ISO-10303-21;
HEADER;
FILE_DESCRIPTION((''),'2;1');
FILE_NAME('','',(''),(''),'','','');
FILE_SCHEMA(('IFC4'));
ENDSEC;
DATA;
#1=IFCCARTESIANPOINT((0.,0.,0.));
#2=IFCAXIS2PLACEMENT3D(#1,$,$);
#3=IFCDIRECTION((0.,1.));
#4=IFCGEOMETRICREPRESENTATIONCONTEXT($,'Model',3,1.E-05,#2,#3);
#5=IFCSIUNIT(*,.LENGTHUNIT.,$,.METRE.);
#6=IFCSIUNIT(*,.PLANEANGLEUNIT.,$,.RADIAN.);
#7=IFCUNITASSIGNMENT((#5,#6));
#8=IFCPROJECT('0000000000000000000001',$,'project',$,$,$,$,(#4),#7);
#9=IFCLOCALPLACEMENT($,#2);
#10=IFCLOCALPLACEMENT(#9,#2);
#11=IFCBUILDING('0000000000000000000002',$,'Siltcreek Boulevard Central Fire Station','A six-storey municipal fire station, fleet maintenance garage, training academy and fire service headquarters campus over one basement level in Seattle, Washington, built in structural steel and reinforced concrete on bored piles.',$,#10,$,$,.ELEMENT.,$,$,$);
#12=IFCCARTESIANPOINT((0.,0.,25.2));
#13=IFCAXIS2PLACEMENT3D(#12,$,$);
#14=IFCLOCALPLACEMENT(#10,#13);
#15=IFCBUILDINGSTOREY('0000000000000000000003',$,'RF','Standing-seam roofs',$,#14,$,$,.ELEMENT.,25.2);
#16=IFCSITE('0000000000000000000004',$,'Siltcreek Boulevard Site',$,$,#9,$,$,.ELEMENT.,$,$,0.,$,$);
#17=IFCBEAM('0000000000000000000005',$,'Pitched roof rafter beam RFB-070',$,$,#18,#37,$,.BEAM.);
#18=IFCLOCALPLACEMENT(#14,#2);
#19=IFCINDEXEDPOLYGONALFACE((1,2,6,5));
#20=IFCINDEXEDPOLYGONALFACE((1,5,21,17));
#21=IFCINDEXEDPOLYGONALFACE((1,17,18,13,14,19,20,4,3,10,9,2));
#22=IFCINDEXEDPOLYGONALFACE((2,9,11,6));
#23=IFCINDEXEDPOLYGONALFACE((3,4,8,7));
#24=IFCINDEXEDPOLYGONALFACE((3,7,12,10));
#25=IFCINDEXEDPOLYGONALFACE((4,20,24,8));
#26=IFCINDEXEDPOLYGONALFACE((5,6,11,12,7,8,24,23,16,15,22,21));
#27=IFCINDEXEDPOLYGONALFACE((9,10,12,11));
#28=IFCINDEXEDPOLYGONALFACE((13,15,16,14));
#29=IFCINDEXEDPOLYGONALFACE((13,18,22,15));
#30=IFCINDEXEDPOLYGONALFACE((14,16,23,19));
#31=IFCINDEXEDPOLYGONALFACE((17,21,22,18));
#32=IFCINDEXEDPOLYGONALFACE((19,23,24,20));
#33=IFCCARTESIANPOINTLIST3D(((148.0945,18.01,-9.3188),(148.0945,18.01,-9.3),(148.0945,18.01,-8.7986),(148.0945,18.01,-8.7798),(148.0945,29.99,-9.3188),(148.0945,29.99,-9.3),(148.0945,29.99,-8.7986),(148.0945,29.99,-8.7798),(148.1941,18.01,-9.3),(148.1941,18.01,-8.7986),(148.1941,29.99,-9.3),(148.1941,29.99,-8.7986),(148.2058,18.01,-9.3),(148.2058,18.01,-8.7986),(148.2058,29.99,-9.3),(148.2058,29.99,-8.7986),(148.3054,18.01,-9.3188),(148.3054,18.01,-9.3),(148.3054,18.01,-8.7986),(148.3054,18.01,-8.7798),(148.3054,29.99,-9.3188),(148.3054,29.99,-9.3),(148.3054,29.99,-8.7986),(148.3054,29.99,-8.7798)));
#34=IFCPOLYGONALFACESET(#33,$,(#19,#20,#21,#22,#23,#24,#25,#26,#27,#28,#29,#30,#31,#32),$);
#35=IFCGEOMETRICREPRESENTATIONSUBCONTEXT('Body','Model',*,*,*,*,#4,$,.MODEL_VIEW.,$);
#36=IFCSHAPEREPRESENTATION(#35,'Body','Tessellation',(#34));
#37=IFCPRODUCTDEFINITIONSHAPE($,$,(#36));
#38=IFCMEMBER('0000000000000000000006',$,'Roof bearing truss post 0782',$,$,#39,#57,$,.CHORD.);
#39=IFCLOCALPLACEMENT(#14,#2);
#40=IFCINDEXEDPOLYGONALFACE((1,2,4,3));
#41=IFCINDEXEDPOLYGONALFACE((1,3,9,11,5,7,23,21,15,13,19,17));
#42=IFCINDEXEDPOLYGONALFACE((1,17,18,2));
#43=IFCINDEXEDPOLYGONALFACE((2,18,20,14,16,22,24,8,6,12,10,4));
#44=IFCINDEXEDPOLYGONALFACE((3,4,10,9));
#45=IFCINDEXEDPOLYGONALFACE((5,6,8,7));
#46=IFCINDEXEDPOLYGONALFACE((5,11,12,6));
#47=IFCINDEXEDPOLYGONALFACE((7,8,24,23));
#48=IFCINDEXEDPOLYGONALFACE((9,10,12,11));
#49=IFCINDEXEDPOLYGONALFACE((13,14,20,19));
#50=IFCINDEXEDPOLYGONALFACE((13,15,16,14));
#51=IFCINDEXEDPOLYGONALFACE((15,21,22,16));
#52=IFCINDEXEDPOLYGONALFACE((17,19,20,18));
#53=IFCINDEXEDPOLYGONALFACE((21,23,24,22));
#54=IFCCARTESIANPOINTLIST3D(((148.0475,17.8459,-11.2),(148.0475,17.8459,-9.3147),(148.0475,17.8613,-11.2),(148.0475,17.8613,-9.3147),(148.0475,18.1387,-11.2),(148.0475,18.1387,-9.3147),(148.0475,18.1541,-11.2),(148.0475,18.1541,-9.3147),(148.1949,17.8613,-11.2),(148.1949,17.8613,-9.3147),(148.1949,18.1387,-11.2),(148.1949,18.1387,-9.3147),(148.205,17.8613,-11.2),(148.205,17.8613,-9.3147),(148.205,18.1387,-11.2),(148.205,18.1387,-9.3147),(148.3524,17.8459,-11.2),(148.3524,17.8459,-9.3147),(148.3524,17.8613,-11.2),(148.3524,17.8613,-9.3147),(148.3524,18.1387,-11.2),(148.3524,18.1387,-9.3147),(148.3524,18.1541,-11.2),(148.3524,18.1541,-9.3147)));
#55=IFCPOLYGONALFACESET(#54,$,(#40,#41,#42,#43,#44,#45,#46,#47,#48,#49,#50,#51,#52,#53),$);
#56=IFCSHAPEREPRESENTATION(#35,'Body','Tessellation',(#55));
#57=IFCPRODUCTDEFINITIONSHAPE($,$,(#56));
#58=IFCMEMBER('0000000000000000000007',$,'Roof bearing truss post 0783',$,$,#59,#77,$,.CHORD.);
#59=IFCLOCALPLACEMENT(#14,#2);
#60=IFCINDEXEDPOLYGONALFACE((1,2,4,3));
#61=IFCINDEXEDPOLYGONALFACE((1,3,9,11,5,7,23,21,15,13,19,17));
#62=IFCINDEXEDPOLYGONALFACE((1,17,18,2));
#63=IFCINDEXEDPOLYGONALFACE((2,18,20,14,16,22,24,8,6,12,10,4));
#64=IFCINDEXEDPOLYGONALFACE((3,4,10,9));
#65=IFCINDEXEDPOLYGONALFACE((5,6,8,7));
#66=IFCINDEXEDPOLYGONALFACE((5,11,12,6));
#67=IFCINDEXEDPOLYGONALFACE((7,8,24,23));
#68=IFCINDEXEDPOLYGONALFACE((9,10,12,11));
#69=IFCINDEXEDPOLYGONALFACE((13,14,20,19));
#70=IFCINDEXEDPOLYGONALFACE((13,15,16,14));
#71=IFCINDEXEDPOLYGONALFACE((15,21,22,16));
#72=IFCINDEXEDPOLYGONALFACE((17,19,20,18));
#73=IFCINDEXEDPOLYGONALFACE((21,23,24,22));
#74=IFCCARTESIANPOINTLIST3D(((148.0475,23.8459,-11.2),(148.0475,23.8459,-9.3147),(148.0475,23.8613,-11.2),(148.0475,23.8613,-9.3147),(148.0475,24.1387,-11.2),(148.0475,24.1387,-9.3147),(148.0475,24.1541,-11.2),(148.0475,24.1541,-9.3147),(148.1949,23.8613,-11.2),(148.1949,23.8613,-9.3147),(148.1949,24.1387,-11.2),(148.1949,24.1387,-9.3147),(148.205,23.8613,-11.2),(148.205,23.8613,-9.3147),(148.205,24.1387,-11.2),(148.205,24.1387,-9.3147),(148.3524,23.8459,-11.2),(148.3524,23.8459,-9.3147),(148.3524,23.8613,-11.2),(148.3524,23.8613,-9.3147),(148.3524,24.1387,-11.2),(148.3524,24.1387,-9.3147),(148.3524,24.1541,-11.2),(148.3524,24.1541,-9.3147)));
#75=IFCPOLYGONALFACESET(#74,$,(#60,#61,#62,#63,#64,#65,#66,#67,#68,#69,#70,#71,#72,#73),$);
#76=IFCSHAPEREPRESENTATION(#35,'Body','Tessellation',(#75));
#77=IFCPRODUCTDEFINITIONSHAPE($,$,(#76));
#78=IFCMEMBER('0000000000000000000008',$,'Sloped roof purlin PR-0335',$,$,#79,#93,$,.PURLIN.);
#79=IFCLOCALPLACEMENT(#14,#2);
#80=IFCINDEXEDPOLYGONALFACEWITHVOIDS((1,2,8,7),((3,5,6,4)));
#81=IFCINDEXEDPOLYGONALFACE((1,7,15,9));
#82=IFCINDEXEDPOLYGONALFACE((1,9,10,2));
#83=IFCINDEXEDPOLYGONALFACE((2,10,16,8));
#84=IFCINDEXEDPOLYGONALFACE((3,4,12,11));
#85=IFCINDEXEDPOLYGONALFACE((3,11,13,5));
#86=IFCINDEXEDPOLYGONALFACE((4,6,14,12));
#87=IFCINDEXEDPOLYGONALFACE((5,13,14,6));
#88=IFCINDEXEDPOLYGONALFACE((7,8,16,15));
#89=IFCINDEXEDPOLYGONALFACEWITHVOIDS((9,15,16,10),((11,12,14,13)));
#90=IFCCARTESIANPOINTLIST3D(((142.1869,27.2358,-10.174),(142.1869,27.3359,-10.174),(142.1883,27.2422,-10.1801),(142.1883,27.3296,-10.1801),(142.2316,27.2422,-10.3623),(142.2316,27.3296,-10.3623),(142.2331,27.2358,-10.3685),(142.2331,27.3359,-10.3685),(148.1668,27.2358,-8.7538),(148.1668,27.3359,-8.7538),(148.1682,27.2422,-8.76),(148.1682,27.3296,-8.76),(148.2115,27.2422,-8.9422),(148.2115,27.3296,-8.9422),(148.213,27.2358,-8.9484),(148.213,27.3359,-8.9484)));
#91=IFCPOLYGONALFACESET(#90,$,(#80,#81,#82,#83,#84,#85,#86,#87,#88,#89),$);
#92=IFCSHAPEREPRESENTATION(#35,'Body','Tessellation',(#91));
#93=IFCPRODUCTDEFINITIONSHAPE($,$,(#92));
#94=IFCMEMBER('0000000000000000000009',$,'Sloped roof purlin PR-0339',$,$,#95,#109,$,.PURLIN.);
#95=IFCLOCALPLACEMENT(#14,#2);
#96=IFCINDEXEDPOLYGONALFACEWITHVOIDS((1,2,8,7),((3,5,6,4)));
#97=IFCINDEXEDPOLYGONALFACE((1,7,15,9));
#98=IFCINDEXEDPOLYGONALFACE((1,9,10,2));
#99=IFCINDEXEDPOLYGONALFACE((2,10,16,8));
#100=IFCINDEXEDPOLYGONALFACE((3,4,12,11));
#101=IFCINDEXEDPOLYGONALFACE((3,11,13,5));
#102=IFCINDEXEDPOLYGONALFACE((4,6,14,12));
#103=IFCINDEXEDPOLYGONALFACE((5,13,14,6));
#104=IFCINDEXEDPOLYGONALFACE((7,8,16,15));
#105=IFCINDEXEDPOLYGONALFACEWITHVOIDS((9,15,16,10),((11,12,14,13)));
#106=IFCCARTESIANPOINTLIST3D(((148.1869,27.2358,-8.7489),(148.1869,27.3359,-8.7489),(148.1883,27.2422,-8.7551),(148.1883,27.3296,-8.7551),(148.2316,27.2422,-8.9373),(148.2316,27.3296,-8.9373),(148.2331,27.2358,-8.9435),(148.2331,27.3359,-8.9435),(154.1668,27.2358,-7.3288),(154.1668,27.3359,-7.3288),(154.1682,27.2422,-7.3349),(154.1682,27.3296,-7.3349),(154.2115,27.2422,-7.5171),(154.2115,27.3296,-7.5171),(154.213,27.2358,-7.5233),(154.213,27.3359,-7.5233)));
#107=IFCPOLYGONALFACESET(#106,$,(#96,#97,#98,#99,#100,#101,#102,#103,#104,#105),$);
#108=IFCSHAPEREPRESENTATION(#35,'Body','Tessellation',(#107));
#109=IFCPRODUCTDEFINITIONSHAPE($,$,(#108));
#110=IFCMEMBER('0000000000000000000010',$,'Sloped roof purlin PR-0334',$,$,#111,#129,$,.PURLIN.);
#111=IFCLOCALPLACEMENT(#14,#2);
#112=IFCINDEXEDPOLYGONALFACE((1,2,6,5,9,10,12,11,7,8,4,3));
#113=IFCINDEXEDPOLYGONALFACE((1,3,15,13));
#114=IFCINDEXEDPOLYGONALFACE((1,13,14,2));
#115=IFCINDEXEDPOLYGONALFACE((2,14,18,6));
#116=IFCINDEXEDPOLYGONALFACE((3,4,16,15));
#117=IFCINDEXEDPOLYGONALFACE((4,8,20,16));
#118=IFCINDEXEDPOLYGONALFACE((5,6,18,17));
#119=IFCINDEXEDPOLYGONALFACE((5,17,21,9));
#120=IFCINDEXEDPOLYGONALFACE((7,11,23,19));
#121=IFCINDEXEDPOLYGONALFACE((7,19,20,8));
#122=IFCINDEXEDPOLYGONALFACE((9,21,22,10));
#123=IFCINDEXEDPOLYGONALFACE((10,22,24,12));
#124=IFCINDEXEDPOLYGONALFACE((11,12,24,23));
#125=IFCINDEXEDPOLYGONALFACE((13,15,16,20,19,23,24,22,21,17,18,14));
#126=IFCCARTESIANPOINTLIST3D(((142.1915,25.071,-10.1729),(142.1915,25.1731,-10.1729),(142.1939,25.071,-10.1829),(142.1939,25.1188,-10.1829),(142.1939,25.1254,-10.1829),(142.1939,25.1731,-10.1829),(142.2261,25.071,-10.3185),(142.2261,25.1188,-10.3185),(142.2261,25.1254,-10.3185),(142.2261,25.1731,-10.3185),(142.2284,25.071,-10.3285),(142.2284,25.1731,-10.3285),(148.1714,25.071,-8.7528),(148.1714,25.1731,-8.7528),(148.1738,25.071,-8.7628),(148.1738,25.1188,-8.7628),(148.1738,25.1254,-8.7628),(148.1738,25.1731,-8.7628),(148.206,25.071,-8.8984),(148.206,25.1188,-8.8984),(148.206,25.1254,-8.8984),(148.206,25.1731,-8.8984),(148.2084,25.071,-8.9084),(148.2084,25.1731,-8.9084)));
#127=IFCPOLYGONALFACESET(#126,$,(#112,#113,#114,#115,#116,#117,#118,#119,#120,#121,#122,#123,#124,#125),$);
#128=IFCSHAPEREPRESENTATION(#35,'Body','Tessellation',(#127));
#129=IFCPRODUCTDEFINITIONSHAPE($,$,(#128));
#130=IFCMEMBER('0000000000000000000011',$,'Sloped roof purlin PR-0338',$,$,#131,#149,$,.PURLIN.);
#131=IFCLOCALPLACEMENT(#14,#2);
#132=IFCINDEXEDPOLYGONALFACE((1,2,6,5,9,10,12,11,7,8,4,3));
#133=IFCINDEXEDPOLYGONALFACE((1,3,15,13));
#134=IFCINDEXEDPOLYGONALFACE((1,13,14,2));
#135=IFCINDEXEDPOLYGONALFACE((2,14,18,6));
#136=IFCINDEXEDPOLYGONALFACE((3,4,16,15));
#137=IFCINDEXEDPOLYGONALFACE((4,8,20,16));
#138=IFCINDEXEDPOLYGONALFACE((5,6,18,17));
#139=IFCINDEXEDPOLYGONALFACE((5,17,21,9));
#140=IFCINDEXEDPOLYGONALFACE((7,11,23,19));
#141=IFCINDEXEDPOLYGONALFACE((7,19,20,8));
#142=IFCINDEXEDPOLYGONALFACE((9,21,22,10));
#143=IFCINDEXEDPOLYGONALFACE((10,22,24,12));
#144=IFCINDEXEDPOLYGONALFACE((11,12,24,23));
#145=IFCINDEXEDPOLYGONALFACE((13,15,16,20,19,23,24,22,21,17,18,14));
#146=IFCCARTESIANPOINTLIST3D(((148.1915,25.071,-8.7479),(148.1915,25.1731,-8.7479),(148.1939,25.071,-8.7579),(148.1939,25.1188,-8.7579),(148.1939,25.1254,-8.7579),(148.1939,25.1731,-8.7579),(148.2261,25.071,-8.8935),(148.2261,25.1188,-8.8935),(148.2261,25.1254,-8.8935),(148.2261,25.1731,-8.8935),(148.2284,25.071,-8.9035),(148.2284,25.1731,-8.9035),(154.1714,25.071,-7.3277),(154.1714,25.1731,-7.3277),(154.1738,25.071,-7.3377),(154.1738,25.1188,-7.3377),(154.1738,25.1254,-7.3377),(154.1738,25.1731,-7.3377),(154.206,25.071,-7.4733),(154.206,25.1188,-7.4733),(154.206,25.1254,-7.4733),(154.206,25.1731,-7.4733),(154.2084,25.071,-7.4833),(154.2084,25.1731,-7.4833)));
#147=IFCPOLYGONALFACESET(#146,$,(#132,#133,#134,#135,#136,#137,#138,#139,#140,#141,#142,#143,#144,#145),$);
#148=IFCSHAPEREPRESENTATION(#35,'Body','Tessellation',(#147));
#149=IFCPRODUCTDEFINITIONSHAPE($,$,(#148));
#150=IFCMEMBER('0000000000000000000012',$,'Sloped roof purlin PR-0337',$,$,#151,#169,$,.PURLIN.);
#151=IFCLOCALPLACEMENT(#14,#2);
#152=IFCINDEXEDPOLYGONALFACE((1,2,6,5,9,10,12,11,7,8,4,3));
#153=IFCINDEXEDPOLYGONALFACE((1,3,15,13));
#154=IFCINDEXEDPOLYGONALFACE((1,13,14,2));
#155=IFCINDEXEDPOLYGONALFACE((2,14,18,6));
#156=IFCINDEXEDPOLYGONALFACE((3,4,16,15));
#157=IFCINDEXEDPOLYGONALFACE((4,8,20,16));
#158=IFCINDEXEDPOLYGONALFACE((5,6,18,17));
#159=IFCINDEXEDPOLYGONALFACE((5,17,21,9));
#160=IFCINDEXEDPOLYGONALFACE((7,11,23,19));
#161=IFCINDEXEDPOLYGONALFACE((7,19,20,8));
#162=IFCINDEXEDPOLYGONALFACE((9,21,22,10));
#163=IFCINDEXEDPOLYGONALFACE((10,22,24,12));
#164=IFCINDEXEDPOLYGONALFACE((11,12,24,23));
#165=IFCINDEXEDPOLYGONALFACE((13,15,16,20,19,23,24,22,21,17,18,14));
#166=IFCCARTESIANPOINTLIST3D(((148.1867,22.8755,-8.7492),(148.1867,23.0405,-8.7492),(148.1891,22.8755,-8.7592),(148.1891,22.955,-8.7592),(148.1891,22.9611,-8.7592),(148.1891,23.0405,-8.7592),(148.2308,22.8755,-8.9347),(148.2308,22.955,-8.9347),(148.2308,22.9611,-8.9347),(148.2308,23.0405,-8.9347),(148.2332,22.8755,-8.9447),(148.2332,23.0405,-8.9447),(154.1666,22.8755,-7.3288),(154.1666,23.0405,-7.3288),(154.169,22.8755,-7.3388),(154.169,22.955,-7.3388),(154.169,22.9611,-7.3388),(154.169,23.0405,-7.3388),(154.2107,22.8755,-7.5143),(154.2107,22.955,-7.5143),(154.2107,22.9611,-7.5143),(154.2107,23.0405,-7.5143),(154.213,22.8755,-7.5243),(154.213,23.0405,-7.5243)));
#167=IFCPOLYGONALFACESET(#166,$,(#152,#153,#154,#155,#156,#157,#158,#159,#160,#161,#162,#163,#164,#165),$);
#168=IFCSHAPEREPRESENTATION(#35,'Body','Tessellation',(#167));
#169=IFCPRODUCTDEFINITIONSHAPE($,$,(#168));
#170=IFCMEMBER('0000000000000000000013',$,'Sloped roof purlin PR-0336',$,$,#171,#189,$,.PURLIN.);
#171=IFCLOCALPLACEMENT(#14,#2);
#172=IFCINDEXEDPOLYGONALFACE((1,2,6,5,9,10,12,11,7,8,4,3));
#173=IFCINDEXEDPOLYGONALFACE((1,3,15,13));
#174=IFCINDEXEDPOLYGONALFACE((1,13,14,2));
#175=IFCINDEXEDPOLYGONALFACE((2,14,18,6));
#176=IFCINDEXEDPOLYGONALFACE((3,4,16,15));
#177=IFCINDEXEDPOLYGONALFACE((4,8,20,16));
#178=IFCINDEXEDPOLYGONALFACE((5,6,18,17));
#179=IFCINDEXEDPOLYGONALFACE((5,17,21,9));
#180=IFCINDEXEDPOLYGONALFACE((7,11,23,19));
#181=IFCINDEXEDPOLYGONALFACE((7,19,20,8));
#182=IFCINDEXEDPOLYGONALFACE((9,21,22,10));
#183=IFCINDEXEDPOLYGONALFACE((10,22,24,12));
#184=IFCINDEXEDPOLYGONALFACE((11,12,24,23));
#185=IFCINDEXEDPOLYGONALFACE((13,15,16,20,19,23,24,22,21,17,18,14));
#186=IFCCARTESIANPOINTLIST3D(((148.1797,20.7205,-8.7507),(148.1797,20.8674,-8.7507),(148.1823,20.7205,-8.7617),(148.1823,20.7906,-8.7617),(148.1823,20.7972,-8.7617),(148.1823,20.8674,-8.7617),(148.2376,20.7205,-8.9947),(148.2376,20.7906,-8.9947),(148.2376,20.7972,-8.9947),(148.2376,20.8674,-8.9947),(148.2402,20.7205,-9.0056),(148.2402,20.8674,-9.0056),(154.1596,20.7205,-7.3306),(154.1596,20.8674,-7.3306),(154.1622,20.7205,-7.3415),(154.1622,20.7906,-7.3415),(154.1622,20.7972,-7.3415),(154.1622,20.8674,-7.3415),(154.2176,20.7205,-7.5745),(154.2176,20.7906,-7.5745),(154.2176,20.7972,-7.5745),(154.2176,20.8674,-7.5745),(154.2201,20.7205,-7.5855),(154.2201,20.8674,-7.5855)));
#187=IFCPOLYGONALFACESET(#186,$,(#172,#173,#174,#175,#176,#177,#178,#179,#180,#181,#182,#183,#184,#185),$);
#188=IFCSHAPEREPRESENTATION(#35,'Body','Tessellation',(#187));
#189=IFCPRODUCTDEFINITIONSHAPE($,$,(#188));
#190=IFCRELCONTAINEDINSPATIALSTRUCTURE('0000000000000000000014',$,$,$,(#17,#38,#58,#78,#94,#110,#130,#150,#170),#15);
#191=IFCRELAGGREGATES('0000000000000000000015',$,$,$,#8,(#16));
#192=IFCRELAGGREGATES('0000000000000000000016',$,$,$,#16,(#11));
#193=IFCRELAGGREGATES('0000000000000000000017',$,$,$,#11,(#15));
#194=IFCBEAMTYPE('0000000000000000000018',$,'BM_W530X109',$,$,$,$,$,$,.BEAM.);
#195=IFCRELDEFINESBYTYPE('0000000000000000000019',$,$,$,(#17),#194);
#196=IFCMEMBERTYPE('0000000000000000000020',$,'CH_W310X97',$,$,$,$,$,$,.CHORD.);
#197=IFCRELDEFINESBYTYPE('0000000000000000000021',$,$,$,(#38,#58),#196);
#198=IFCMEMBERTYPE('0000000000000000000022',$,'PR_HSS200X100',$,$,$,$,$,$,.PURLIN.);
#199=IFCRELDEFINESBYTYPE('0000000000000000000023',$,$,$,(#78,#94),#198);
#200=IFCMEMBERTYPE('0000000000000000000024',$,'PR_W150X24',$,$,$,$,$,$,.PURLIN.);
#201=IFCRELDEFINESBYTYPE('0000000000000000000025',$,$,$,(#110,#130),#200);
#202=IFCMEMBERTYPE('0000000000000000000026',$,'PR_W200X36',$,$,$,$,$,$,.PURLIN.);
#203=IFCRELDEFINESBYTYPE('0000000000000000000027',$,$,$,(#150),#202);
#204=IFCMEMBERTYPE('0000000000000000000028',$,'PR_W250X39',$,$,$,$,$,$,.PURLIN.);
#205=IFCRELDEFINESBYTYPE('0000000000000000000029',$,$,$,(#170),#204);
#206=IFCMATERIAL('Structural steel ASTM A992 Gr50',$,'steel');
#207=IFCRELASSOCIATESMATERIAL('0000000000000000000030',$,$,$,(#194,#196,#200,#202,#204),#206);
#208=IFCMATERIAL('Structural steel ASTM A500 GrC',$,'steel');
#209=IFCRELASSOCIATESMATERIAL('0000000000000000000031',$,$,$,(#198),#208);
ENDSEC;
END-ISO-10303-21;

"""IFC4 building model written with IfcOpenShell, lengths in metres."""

from ifc_helpers import new_model, si_unit, direction, frame, origin, origin_2d, place, context, subcontext, project, spatial, hollow_rectangle, i_section, extrude, material, material_profile, profile_set, type_object, element, save


model = new_model("IFC4")

# Units and contexts
model_context = context("Model", 3, precision=1e-05, world=origin(), true_north=direction((0.0, 1.0)))
body_context = subcontext(model_context, "Body", "Model", "MODEL_VIEW")
ifc_project = project(units=[si_unit("LENGTHUNIT", "METRE"), si_unit("PLANEANGLEUNIT", "RADIAN")], contexts=[model_context])

# Site, building, storey
site_placement = place(None, origin())
site = spatial("IfcSite", under=ifc_project, at=site_placement, Name="Siltcreek Boulevard Site", CompositionType="ELEMENT", RefElevation=0.0)
building_placement = place(site_placement, origin())
building = spatial("IfcBuilding", under=site, at=building_placement, Name="Siltcreek Boulevard Central Fire Station", Description="A six-storey municipal fire station, fleet maintenance garage, training academy and fire service headquarters campus over one basement level in Seattle, Washington, built in structural steel and reinforced concrete on bored piles.", CompositionType="ELEMENT")
storey_placement = place(building_placement, frame((0.0, 0.0, 25.2)))
storey = spatial("IfcBuildingStorey", under=building, at=storey_placement, Name="RF", Description="Standing-seam roofs", CompositionType="ELEMENT", Elevation=25.2)

# Beam
ifc_material_1 = material(Name="Structural steel ASTM A992 Gr50", Category="steel")
ifc_material_profile_1 = material_profile(ifc_material_1, i_section(OverallWidth=0.2109, OverallDepth=0.5391, WebThickness=0.0117, FlangeThickness=0.0188, at=origin_2d()), Name="W530X109")
ifc_profile_set_1 = profile_set([ifc_material_profile_1], Name="Structural steel ASTM A992 Gr50")
beam_type = type_object("IfcBeamType", Name="BM_W530X109", PredefinedType="BEAM", material=ifc_profile_set_1)
beam_placement = place(storey_placement, frame((148.2, 18.01, -9.0493), z_axis=(0.0, 1.0, 0.0), x_axis=(-1.0, 0.0, 0.0)))
element("IfcBeam", 1, at=beam_placement, inside=storey, type_object=beam_type, Name="Pitched roof rafter beam RFB-070", PredefinedType="BEAM", context=body_context, shape_type="SweptSolid", body=[
    extrude(i_section(OverallWidth=0.2109, OverallDepth=0.5391, WebThickness=0.0117, FlangeThickness=0.0188, at=origin_2d()), origin(), (0.0, 0.0, 1.0), 11.98),
])

# Members
ifc_material_profile_2 = material_profile(ifc_material_1, i_section(OverallWidth=0.3049, OverallDepth=0.3081, WebThickness=0.01, FlangeThickness=0.0154, at=origin_2d()), Name="W310X97")
ifc_profile_set_2 = profile_set([ifc_material_profile_2], Name="Structural steel ASTM A992 Gr50")
member_type_1 = type_object("IfcMemberType", Name="CH_W310X97", PredefinedType="CHORD", material=ifc_profile_set_2)
for number, where, z_axis, x_axis, name in (
    (2, (148.2, 18.0, -11.2), (0.0, 0.0, 1.0), (1.0, 0.0, 0.0), "Roof bearing truss post 0782"),
    (3, (148.2, 24.0, -11.2), (0.0, 0.0, 1.0), (1.0, 0.0, 0.0), "Roof bearing truss post 0783"),
):
    element("IfcMember", number, at=place(storey_placement, frame(where, z_axis=z_axis, x_axis=x_axis)), inside=storey, type_object=member_type_1, Name=name, PredefinedType="CHORD", context=body_context, shape_type="SweptSolid", body=[
        extrude(i_section(OverallWidth=0.3049, OverallDepth=0.3081, WebThickness=0.01, FlangeThickness=0.0154, at=origin_2d()), origin(), (0.0, 0.0, 1.0), 1.8853),
    ])
ifc_material_2 = material(Name="Structural steel ASTM A500 GrC", Category="steel")
ifc_material_profile_3 = material_profile(ifc_material_2, hollow_rectangle(XDim=0.1001, YDim=0.2, WallThickness=0.0063, at=origin_2d()), Name="HSS200X100X6.4")
ifc_profile_set_3 = profile_set([ifc_material_profile_3], Name="Structural steel ASTM A500 GrC")
member_type_2 = type_object("IfcMemberType", Name="PR_HSS200X100", PredefinedType="PURLIN", material=ifc_profile_set_3)
for number, where, z_axis, x_axis, name in (
    (4, (142.21, 27.2859, -10.2712), (0.972939, 0.0, 0.23106), (0.0, 1.0, 0.0), "Sloped roof purlin PR-0335"),
    (5, (148.21, 27.2859, -8.8462), (0.972939, 0.0, 0.23106), (0.0, 1.0, 0.0), "Sloped roof purlin PR-0339"),
):
    element("IfcMember", number, at=place(storey_placement, frame(where, z_axis=z_axis, x_axis=x_axis)), inside=storey, type_object=member_type_2, Name=name, PredefinedType="PURLIN", context=body_context, shape_type="SweptSolid", body=[
        extrude(hollow_rectangle(XDim=0.1001, YDim=0.2, WallThickness=0.0063, at=origin_2d()), origin(), (0.0, 0.0, 1.0), 6.1462),
    ])
ifc_material_profile_4 = material_profile(ifc_material_1, i_section(OverallWidth=0.1021, OverallDepth=0.1599, WebThickness=0.0066, FlangeThickness=0.0103, at=origin_2d()), Name="W150X24")
ifc_profile_set_4 = profile_set([ifc_material_profile_4], Name="Structural steel ASTM A992 Gr50")
member_type_3 = type_object("IfcMemberType", Name="PR_W150X24", PredefinedType="PURLIN", material=ifc_profile_set_4)
for number, where, z_axis, x_axis, name in (
    (6, (142.21, 25.1221, -10.2507), (0.972939, 0.0, 0.23106), (0.0, 1.0, 0.0), "Sloped roof purlin PR-0334"),
    (7, (148.21, 25.1221, -8.8257), (0.972939, 0.0, 0.23106), (0.0, 1.0, 0.0), "Sloped roof purlin PR-0338"),
):
    element("IfcMember", number, at=place(storey_placement, frame(where, z_axis=z_axis, x_axis=x_axis)), inside=storey, type_object=member_type_3, Name=name, PredefinedType="PURLIN", context=body_context, shape_type="SweptSolid", body=[
        extrude(i_section(OverallWidth=0.1021, OverallDepth=0.1599, WebThickness=0.0066, FlangeThickness=0.0103, at=origin_2d()), origin(), (0.0, 0.0, 1.0), 6.1462),
    ])
ifc_material_profile_5 = material_profile(ifc_material_1, i_section(OverallWidth=0.165, OverallDepth=0.2009, WebThickness=0.0061, FlangeThickness=0.0103, at=origin_2d()), Name="W200X36")
ifc_profile_set_5 = profile_set([ifc_material_profile_5], Name="Structural steel ASTM A992 Gr50")
member_type_4 = type_object("IfcMemberType", Name="PR_W200X36", PredefinedType="PURLIN", material=ifc_profile_set_5)
member_1_placement = place(storey_placement, frame((148.21, 22.958, -8.8469), z_axis=(0.972931, 0.0, 0.231098), x_axis=(0.0, 1.0, 0.0)))
element("IfcMember", 8, at=member_1_placement, inside=storey, type_object=member_type_4, Name="Sloped roof purlin PR-0337", PredefinedType="PURLIN", context=body_context, shape_type="SweptSolid", body=[
    extrude(i_section(OverallWidth=0.165, OverallDepth=0.2009, WebThickness=0.0061, FlangeThickness=0.0103, at=origin_2d()), origin(), (0.0, 0.0, 1.0), 6.1462),
])
ifc_material_profile_6 = material_profile(ifc_material_1, i_section(OverallWidth=0.147, OverallDepth=0.262, WebThickness=0.0066, FlangeThickness=0.0112, at=origin_2d()), Name="W250X39")
ifc_profile_set_6 = profile_set([ifc_material_profile_6], Name="Structural steel ASTM A992 Gr50")
member_type_5 = type_object("IfcMemberType", Name="PR_W250X39", PredefinedType="PURLIN", material=ifc_profile_set_6)
member_2_placement = place(storey_placement, frame((148.21, 20.7939, -8.8782), z_axis=(0.972939, 0.0, 0.23106), x_axis=(0.0, 1.0, 0.0)))
element("IfcMember", 9, at=member_2_placement, inside=storey, type_object=member_type_5, Name="Sloped roof purlin PR-0336", PredefinedType="PURLIN", context=body_context, shape_type="SweptSolid", body=[
    extrude(i_section(OverallWidth=0.147, OverallDepth=0.262, WebThickness=0.0066, FlangeThickness=0.0112, at=origin_2d()), origin(), (0.0, 0.0, 1.0), 6.1462),
])

save(model, "model.ifc")
